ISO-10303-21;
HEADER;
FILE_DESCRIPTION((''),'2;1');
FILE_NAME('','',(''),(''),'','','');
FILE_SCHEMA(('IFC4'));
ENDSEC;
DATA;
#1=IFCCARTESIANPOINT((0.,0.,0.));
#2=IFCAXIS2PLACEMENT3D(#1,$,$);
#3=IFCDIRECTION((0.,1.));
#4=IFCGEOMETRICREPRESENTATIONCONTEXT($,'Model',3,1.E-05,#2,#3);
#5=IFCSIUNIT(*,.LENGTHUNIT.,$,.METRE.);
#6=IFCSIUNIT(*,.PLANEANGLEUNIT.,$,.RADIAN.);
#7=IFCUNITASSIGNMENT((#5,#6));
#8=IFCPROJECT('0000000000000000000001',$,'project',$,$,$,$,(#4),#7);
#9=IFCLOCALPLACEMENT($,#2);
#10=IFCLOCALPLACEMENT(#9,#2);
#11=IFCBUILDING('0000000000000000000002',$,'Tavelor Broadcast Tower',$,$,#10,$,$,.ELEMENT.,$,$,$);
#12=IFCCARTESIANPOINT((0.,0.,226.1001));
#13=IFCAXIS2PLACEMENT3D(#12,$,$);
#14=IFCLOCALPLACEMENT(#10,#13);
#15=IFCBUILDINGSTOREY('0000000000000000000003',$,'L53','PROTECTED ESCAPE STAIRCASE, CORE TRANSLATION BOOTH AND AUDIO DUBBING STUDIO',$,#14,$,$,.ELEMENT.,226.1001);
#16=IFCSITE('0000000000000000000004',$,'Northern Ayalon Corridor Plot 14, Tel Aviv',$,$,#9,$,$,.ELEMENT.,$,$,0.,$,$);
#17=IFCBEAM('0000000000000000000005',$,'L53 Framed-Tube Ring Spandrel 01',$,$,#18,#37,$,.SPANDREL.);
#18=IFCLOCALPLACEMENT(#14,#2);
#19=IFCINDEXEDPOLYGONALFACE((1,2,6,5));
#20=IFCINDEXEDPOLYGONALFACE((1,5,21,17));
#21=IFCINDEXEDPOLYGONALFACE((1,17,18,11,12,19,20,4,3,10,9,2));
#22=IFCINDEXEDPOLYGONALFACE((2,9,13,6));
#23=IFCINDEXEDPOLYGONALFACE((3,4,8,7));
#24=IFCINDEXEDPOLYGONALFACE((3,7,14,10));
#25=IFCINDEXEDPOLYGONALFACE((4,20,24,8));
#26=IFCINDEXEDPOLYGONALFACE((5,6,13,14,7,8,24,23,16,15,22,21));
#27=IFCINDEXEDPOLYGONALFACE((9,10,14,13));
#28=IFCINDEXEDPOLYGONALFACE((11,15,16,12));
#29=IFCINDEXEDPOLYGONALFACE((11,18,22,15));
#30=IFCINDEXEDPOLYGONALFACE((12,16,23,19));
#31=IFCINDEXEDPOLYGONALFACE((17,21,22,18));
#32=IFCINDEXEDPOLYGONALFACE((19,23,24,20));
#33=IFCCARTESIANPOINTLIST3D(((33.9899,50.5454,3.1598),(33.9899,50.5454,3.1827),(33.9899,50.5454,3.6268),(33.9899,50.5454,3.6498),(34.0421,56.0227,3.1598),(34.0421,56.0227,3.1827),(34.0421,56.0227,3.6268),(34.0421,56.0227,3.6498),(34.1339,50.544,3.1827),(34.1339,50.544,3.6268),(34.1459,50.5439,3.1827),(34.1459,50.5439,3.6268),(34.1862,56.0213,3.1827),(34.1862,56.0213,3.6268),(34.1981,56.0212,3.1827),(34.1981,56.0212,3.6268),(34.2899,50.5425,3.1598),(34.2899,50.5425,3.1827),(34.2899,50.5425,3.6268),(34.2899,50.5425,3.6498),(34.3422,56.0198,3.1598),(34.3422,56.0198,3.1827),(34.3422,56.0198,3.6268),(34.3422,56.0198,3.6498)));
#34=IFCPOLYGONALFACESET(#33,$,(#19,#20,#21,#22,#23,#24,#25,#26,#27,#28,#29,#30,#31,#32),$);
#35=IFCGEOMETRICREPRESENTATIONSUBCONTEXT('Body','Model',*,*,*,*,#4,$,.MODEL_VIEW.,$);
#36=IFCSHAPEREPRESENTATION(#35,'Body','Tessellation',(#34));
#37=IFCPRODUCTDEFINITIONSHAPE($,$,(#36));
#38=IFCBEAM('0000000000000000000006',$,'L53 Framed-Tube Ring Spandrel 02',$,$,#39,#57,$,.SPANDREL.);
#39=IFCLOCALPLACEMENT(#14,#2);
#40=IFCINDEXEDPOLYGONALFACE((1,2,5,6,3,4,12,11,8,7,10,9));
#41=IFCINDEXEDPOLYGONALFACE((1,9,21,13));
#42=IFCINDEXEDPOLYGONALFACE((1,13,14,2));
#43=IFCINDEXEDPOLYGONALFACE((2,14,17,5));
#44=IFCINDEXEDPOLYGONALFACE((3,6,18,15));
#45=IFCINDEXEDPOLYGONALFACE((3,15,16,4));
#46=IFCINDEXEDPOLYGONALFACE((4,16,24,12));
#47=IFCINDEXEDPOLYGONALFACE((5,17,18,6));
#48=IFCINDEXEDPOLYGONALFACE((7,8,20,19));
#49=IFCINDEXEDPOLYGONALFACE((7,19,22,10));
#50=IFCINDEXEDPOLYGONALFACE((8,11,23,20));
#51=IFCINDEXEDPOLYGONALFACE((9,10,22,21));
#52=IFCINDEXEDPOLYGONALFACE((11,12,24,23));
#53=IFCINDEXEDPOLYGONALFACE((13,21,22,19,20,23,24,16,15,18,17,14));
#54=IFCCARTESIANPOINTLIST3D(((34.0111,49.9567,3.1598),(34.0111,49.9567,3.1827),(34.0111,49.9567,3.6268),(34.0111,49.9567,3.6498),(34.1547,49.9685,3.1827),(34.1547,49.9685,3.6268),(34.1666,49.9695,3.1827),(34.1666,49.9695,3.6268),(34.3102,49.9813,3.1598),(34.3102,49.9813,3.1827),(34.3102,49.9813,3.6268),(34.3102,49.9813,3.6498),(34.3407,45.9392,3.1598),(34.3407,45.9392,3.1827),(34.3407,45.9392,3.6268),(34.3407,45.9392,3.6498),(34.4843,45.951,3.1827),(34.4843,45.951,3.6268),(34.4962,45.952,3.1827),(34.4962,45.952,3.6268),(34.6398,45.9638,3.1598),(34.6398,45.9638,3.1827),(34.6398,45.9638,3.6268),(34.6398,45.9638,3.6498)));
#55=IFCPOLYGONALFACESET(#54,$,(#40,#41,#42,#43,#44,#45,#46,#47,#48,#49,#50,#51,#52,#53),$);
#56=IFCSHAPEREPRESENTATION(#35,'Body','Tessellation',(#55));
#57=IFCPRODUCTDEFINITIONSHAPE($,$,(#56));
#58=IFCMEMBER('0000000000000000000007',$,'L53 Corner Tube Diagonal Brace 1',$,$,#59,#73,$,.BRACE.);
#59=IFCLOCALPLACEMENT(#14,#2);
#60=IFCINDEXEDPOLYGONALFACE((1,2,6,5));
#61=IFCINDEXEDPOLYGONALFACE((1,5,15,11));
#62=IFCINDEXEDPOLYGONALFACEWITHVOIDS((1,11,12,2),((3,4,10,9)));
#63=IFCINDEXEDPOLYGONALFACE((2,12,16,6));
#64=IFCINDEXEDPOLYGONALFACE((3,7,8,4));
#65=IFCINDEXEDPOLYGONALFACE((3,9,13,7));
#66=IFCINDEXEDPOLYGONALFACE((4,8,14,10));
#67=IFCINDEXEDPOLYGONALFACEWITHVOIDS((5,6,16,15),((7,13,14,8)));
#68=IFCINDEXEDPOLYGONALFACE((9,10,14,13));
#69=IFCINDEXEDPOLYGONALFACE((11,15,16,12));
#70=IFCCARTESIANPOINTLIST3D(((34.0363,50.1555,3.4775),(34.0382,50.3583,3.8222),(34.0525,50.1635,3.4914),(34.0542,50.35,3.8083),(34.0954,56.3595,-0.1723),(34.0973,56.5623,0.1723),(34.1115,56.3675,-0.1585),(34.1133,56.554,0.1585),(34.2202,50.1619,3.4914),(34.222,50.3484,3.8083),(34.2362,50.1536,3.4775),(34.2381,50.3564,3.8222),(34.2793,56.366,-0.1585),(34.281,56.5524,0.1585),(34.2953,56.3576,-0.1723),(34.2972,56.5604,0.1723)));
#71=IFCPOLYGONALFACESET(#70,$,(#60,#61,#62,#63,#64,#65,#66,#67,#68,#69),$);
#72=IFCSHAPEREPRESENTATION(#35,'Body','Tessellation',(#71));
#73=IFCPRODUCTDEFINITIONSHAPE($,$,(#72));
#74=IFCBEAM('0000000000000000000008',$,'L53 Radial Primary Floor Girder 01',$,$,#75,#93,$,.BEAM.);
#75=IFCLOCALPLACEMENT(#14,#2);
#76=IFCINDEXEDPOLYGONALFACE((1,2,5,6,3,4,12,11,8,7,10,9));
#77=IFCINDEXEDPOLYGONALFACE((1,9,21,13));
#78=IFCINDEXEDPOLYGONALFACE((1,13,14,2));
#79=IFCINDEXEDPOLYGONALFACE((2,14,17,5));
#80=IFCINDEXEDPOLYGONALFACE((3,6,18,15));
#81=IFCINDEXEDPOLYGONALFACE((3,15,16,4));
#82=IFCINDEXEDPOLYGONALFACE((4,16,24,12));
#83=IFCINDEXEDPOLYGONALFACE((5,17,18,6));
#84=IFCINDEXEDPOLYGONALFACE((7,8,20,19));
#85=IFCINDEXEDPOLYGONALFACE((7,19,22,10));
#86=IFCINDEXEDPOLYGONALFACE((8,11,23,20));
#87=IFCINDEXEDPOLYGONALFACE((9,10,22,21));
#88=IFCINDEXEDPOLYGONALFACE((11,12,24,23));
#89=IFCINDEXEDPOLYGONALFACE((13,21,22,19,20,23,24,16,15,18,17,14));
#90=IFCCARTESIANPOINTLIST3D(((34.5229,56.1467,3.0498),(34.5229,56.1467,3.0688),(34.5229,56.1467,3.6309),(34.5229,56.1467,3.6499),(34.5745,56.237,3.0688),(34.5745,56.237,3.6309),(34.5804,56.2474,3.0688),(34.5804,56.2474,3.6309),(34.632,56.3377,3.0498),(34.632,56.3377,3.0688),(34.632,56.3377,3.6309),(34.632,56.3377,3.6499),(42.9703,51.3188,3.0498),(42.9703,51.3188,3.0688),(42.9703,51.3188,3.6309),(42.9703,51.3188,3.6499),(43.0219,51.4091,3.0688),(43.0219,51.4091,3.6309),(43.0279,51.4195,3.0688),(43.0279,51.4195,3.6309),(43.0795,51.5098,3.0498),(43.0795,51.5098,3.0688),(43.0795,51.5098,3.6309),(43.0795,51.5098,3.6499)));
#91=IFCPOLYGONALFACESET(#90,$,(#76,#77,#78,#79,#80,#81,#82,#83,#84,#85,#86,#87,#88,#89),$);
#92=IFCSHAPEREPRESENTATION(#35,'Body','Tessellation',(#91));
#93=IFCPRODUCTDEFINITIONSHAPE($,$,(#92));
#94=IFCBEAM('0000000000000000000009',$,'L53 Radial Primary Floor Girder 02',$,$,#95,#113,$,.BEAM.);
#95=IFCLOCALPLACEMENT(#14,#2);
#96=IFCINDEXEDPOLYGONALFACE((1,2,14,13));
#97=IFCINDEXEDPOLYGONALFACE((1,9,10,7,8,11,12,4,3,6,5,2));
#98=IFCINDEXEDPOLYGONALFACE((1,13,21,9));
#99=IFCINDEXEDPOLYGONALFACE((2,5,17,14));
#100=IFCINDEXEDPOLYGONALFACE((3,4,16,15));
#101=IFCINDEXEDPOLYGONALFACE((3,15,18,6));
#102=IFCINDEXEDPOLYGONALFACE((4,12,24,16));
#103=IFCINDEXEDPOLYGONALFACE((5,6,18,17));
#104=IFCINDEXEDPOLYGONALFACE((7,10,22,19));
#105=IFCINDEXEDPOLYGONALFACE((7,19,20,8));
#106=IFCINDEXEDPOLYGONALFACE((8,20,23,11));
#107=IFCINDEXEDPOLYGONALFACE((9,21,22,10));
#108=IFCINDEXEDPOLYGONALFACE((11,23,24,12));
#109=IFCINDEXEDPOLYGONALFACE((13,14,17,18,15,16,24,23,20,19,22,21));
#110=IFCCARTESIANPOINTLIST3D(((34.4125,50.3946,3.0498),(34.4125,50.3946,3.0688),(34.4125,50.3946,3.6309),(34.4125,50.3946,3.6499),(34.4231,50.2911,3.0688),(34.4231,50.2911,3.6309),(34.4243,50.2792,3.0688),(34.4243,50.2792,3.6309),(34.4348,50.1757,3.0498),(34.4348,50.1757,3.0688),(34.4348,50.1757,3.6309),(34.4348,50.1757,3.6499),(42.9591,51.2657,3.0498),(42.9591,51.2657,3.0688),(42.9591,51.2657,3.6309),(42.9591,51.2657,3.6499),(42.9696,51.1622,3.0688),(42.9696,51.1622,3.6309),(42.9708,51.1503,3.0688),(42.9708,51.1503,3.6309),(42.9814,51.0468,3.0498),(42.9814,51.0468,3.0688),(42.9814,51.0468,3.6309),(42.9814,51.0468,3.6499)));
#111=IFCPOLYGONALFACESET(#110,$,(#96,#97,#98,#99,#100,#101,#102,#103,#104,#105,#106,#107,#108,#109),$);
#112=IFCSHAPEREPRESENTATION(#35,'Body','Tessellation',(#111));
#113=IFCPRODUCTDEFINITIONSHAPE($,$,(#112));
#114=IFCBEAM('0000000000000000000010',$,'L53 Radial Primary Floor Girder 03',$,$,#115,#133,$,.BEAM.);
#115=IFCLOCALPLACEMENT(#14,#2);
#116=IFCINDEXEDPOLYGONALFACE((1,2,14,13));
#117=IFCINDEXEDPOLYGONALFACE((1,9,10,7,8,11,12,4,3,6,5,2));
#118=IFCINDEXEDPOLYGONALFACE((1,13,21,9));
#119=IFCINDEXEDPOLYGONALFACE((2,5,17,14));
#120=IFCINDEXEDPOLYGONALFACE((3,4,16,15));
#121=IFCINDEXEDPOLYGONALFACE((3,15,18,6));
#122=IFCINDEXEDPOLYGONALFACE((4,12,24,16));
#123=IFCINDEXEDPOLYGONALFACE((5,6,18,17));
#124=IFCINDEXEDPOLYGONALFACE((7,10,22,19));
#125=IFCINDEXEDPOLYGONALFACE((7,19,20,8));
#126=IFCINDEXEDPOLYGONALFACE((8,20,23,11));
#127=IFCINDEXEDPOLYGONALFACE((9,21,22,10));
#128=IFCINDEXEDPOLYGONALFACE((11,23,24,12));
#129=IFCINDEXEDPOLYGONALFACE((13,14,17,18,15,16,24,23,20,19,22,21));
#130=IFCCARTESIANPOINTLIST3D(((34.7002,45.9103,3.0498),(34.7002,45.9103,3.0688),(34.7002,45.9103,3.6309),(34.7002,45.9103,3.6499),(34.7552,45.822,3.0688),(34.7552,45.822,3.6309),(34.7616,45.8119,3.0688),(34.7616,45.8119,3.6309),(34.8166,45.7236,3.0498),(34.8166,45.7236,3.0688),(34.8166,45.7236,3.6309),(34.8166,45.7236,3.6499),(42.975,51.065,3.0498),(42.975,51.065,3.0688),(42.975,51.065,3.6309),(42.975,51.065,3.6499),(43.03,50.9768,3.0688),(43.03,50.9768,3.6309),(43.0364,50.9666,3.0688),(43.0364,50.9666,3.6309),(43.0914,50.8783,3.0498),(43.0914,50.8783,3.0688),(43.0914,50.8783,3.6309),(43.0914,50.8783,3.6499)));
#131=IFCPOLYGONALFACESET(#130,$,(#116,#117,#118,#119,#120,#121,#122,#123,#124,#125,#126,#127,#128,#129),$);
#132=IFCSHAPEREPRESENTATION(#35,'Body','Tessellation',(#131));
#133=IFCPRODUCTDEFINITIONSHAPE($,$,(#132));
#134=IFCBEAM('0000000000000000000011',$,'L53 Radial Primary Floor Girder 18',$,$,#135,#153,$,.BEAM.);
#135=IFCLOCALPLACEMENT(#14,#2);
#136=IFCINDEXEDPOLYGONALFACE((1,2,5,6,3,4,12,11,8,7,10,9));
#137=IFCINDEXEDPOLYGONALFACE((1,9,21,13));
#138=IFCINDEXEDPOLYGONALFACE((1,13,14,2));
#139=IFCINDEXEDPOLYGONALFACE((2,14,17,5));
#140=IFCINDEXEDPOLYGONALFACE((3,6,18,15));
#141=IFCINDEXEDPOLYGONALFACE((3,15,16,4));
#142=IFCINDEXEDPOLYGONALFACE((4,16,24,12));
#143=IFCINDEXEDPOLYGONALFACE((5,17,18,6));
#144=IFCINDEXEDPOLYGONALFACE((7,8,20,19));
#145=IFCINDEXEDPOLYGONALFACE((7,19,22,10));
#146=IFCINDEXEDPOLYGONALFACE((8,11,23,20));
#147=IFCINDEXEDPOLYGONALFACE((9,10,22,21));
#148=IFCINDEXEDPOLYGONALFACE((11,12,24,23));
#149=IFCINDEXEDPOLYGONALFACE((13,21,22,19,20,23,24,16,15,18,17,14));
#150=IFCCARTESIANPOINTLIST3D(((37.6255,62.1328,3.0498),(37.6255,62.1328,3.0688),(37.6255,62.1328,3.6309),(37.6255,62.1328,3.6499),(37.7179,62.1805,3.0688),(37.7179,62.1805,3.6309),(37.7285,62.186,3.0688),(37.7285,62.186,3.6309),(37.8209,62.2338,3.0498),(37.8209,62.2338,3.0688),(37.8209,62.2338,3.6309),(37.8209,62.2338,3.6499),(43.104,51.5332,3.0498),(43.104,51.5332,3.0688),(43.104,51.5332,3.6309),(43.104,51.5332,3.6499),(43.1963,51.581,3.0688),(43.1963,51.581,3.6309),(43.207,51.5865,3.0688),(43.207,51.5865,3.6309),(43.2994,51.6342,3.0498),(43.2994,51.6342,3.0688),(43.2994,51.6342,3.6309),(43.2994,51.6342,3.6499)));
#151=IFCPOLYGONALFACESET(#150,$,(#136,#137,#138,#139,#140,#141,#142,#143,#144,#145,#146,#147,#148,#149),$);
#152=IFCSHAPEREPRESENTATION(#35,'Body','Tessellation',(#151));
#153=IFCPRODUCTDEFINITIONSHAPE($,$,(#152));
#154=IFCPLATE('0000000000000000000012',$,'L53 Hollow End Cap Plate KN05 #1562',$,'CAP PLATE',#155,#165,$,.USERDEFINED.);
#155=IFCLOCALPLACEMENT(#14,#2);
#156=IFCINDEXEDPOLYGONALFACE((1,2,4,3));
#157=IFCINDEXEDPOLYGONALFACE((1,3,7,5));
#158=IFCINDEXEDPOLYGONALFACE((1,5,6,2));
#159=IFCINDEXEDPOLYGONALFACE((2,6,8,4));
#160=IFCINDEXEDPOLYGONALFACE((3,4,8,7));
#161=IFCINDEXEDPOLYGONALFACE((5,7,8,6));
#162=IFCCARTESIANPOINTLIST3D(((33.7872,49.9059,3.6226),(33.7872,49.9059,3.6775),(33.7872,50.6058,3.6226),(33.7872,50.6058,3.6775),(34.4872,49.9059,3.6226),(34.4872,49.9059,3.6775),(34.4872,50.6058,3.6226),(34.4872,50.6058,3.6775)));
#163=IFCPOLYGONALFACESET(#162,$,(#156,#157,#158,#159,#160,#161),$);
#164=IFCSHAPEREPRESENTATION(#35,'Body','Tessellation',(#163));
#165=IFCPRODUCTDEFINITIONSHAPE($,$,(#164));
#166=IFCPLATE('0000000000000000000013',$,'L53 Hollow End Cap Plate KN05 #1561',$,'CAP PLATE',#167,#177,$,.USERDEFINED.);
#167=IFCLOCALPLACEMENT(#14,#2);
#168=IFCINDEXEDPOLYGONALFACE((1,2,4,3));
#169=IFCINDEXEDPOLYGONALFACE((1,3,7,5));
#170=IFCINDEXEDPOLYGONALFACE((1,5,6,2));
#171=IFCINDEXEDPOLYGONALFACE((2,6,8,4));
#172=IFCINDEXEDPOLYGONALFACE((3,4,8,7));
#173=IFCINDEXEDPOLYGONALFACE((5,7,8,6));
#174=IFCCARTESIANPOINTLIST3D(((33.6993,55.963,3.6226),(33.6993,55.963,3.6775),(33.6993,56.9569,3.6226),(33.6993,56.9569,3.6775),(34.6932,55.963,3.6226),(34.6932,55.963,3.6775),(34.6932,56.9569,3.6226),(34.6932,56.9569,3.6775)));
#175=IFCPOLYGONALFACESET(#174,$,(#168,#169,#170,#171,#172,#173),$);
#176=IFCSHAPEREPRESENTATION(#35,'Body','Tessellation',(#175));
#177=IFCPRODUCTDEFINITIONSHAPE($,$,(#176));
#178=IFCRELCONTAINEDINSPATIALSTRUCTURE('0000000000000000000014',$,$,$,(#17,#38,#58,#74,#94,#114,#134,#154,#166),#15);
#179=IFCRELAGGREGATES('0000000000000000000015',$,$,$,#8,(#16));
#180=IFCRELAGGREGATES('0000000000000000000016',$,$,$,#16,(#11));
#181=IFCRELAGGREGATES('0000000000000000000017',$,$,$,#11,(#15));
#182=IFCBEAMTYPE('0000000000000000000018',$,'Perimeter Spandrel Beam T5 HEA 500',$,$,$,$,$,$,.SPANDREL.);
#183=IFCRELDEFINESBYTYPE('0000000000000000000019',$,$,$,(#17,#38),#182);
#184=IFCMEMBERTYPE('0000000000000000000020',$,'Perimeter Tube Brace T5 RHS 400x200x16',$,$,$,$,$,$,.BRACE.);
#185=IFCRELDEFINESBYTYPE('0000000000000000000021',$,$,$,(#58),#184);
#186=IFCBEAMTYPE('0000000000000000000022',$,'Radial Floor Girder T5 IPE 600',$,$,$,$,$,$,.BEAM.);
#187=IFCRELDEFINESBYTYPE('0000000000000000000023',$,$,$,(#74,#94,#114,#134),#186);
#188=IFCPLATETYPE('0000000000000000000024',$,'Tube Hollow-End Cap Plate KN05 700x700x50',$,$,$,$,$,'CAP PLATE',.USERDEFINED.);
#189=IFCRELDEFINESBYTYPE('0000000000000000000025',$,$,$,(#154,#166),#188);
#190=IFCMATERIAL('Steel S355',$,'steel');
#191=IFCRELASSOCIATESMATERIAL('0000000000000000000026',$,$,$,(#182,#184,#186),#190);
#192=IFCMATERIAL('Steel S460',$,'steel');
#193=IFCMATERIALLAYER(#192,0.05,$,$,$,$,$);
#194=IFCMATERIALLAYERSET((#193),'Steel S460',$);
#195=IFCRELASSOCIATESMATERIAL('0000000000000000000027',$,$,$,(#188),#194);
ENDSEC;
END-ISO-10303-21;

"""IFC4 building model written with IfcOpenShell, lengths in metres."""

from ifc_helpers import new_model, si_unit, direction, frame, origin, origin_2d, place, context, subcontext, project, spatial, rectangle, hollow_rectangle, i_section, extrude, source, transform, mapped, material, layer, layer_set, material_profile, profile_set, type_object, type_shapes, element, save


model = new_model("IFC4")

# Units and contexts
model_context = context("Model", 3, precision=1e-05, world=origin(), true_north=direction((0.0, 1.0)))
body_context = subcontext(model_context, "Body", "Model", "MODEL_VIEW")
ifc_project = project(units=[si_unit("LENGTHUNIT", "METRE"), si_unit("PLANEANGLEUNIT", "RADIAN")], contexts=[model_context])

# Site, building, storey
site_placement = place(None, origin())
site = spatial("IfcSite", under=ifc_project, at=site_placement, Name="Northern Ayalon Corridor Plot 14, Tel Aviv", CompositionType="ELEMENT", RefElevation=0.0)
building_placement = place(site_placement, origin())
building = spatial("IfcBuilding", under=site, at=building_placement, Name="Tavelor Broadcast Tower", CompositionType="ELEMENT")
storey_placement = place(building_placement, frame((0.0, 0.0, 226.1001)))
storey = spatial("IfcBuildingStorey", under=building, at=storey_placement, Name="L53", Description="PROTECTED ESCAPE STAIRCASE, CORE TRANSLATION BOOTH AND AUDIO DUBBING STUDIO", CompositionType="ELEMENT", Elevation=226.1001)

# Shared definitions
ifc_material_1 = material(Name="Steel S460", Category="steel")

# Beams
ifc_material_2 = material(Name="Steel S355", Category="steel")
ifc_material_profile_1 = material_profile(ifc_material_2, i_section(OverallWidth=0.3, OverallDepth=0.49, WebThickness=0.012, FlangeThickness=0.0229, at=origin_2d()), Name="HEA 500")
ifc_profile_set_1 = profile_set([ifc_material_profile_1], Name="Steel S355")
beam_type_1 = type_object("IfcBeamType", Name="Perimeter Spandrel Beam T5 HEA 500", PredefinedType="SPANDREL", material=ifc_profile_set_1)
beam_1_placement = place(storey_placement, frame((34.1921, 56.0212, 3.4048), z_axis=(-0.009538, -0.999955, 0.0), x_axis=(0.999955, -0.009538, 0.0)))
element("IfcBeam", 1, at=beam_1_placement, inside=storey, type_object=beam_type_1, Name="L53 Framed-Tube Ring Spandrel 01", PredefinedType="SPANDREL", context=body_context, shape_type="SweptSolid", body=[
    extrude(i_section(OverallWidth=0.3, OverallDepth=0.49, WebThickness=0.012, FlangeThickness=0.0229, at=origin_2d()), origin(), (0.0, 0.0, 1.0), 5.4775),
])
beam_2_placement = place(storey_placement, frame((34.1606, 49.969, 3.4048), z_axis=(0.081762, -0.996652, 0.0), x_axis=(0.996652, 0.081762, 0.0)))
element("IfcBeam", 2, at=beam_2_placement, inside=storey, type_object=beam_type_1, Name="L53 Framed-Tube Ring Spandrel 02", PredefinedType="SPANDREL", context=body_context, shape_type="SweptSolid", body=[
    extrude(i_section(OverallWidth=0.3, OverallDepth=0.49, WebThickness=0.012, FlangeThickness=0.0229, at=origin_2d()), origin(), (0.0, 0.0, 1.0), 4.031),
])

# Member
ifc_material_profile_2 = material_profile(ifc_material_2, hollow_rectangle(XDim=0.2, YDim=0.3999, WallThickness=0.0161, at=origin_2d()), Name="RHS 400x200x16")
ifc_profile_set_2 = profile_set([ifc_material_profile_2], Name="Steel S355")
member_type = type_object("IfcMemberType", Name="Perimeter Tube Brace T5 RHS 400x200x16", PredefinedType="BRACE", material=ifc_profile_set_2)
member_placement = place(storey_placement, frame((34.1963, 56.46, 0.0), z_axis=(-0.008208, -0.861879, 0.507048), x_axis=(0.999955, -0.009523, 0.0)))
element("IfcMember", 3, at=member_placement, inside=storey, type_object=member_type, Name="L53 Corner Tube Diagonal Brace 1", PredefinedType="BRACE", context=body_context, shape_type="SweptSolid", body=[
    extrude(hollow_rectangle(XDim=0.2, YDim=0.3999, WallThickness=0.0161, at=origin_2d()), origin(), (0.0, 0.0, 1.0), 7.1982),
])

# Beams
ifc_material_profile_3 = material_profile(ifc_material_2, i_section(OverallWidth=0.22, OverallDepth=0.6001, WebThickness=0.012, FlangeThickness=0.019, at=origin_2d()), Name="IPE 600")
ifc_profile_set_3 = profile_set([ifc_material_profile_3], Name="Steel S355")
beam_type_2 = type_object("IfcBeamType", Name="Radial Floor Girder T5 IPE 600", PredefinedType="BEAM", material=ifc_profile_set_3)
beam_3_placement = place(storey_placement, frame((43.0249, 51.4143, 3.3499), z_axis=(-0.868211, 0.496196, 0.0), x_axis=(-0.496196, -0.868211, 0.0)))
element("IfcBeam", 4, at=beam_3_placement, inside=storey, type_object=beam_type_2, Name="L53 Radial Primary Floor Girder 01", PredefinedType="BEAM", context=body_context, shape_type="SweptSolid", body=[
    extrude(i_section(OverallWidth=0.22, OverallDepth=0.6001, WebThickness=0.012, FlangeThickness=0.019, at=origin_2d()), origin(), (0.0, 0.0, 1.0), 9.7297),
])
beam_4_placement = place(storey_placement, frame((42.9702, 51.1562, 3.3499), z_axis=(-0.994846, -0.101397, 0.0), x_axis=(0.101397, -0.994846, 0.0)))
element("IfcBeam", 5, at=beam_4_placement, inside=storey, type_object=beam_type_2, Name="L53 Radial Primary Floor Girder 02", PredefinedType="BEAM", context=body_context, shape_type="SweptSolid", body=[
    extrude(i_section(OverallWidth=0.22, OverallDepth=0.6001, WebThickness=0.012, FlangeThickness=0.019, at=origin_2d()), origin(), (0.0, 0.0, 1.0), 8.5908),
])
beam_5_placement = place(storey_placement, frame((43.0332, 50.9717, 3.3499), z_axis=(-0.848782, -0.528742, 0.0), x_axis=(0.528742, -0.848782, 0.0)))
element("IfcBeam", 6, at=beam_5_placement, inside=storey, type_object=beam_type_2, Name="L53 Radial Primary Floor Girder 03", PredefinedType="BEAM", context=body_context, shape_type="SweptSolid", body=[
    extrude(i_section(OverallWidth=0.22, OverallDepth=0.6001, WebThickness=0.012, FlangeThickness=0.019, at=origin_2d()), origin(), (0.0, 0.0, 1.0), 9.749),
])
beam_6_placement = place(storey_placement, frame((43.2017, 51.5837, 3.3499), z_axis=(-0.459156, 0.888356, 0.0), x_axis=(-0.888356, -0.459156, 0.0)))
element("IfcBeam", 7, at=beam_6_placement, inside=storey, type_object=beam_type_2, Name="L53 Radial Primary Floor Girder 18", PredefinedType="BEAM", context=body_context, shape_type="SweptSolid", body=[
    extrude(i_section(OverallWidth=0.22, OverallDepth=0.6001, WebThickness=0.012, FlangeThickness=0.019, at=origin_2d()), origin(), (0.0, 0.0, 1.0), 11.9316),
])

# Plates
ifc_layer_1 = layer(ifc_material_1, 0.05)
ifc_layer_set_1 = layer_set([ifc_layer_1], Name="Steel S460")
plate_type = type_object("IfcPlateType", Name="Tube Hollow-End Cap Plate KN05 700x700x50", ElementType="CAP PLATE", PredefinedType="USERDEFINED", material=ifc_layer_set_1)
shared_shape_1 = source(origin(), body_context, "Body", "SweptSolid", [
    extrude(rectangle(XDim=0.7, YDim=0.7, at=origin_2d()), origin(), (0.0, 0.0, 1.0), 0.0549),
])
plate_1_placement = place(storey_placement, frame((34.1372, 50.2559, 3.6226), z_axis=(0.0, 0.0, 1.0), x_axis=(1.0, 0.0, 0.0)))
element("IfcPlate", 8, at=plate_1_placement, inside=storey, type_object=plate_type, Name="L53 Hollow End Cap Plate KN05 #1562", ObjectType="CAP PLATE", PredefinedType="USERDEFINED", context=body_context, shape_type="MappedRepresentation", body=[
    mapped(shared_shape_1, transform((0.0, 0.0, 0.0), scale=1.0)),
])
shared_shape_2 = source(origin(), body_context, "Body", "SweptSolid", [
    extrude(rectangle(XDim=0.9939, YDim=0.9939, at=origin_2d()), origin(), (0.0, 0.0, 1.0), 0.0549),
])
type_shapes(plate_type, [shared_shape_1, shared_shape_2])
plate_2_placement = place(storey_placement, frame((34.1963, 56.46, 3.6226), z_axis=(0.0, 0.0, 1.0), x_axis=(1.0, 0.0, 0.0)))
element("IfcPlate", 9, at=plate_2_placement, inside=storey, type_object=plate_type, Name="L53 Hollow End Cap Plate KN05 #1561", ObjectType="CAP PLATE", PredefinedType="USERDEFINED", context=body_context, shape_type="MappedRepresentation", body=[
    mapped(shared_shape_2, transform((0.0, 0.0, 0.0), scale=1.0)),
])

save(model, "model.ifc")
